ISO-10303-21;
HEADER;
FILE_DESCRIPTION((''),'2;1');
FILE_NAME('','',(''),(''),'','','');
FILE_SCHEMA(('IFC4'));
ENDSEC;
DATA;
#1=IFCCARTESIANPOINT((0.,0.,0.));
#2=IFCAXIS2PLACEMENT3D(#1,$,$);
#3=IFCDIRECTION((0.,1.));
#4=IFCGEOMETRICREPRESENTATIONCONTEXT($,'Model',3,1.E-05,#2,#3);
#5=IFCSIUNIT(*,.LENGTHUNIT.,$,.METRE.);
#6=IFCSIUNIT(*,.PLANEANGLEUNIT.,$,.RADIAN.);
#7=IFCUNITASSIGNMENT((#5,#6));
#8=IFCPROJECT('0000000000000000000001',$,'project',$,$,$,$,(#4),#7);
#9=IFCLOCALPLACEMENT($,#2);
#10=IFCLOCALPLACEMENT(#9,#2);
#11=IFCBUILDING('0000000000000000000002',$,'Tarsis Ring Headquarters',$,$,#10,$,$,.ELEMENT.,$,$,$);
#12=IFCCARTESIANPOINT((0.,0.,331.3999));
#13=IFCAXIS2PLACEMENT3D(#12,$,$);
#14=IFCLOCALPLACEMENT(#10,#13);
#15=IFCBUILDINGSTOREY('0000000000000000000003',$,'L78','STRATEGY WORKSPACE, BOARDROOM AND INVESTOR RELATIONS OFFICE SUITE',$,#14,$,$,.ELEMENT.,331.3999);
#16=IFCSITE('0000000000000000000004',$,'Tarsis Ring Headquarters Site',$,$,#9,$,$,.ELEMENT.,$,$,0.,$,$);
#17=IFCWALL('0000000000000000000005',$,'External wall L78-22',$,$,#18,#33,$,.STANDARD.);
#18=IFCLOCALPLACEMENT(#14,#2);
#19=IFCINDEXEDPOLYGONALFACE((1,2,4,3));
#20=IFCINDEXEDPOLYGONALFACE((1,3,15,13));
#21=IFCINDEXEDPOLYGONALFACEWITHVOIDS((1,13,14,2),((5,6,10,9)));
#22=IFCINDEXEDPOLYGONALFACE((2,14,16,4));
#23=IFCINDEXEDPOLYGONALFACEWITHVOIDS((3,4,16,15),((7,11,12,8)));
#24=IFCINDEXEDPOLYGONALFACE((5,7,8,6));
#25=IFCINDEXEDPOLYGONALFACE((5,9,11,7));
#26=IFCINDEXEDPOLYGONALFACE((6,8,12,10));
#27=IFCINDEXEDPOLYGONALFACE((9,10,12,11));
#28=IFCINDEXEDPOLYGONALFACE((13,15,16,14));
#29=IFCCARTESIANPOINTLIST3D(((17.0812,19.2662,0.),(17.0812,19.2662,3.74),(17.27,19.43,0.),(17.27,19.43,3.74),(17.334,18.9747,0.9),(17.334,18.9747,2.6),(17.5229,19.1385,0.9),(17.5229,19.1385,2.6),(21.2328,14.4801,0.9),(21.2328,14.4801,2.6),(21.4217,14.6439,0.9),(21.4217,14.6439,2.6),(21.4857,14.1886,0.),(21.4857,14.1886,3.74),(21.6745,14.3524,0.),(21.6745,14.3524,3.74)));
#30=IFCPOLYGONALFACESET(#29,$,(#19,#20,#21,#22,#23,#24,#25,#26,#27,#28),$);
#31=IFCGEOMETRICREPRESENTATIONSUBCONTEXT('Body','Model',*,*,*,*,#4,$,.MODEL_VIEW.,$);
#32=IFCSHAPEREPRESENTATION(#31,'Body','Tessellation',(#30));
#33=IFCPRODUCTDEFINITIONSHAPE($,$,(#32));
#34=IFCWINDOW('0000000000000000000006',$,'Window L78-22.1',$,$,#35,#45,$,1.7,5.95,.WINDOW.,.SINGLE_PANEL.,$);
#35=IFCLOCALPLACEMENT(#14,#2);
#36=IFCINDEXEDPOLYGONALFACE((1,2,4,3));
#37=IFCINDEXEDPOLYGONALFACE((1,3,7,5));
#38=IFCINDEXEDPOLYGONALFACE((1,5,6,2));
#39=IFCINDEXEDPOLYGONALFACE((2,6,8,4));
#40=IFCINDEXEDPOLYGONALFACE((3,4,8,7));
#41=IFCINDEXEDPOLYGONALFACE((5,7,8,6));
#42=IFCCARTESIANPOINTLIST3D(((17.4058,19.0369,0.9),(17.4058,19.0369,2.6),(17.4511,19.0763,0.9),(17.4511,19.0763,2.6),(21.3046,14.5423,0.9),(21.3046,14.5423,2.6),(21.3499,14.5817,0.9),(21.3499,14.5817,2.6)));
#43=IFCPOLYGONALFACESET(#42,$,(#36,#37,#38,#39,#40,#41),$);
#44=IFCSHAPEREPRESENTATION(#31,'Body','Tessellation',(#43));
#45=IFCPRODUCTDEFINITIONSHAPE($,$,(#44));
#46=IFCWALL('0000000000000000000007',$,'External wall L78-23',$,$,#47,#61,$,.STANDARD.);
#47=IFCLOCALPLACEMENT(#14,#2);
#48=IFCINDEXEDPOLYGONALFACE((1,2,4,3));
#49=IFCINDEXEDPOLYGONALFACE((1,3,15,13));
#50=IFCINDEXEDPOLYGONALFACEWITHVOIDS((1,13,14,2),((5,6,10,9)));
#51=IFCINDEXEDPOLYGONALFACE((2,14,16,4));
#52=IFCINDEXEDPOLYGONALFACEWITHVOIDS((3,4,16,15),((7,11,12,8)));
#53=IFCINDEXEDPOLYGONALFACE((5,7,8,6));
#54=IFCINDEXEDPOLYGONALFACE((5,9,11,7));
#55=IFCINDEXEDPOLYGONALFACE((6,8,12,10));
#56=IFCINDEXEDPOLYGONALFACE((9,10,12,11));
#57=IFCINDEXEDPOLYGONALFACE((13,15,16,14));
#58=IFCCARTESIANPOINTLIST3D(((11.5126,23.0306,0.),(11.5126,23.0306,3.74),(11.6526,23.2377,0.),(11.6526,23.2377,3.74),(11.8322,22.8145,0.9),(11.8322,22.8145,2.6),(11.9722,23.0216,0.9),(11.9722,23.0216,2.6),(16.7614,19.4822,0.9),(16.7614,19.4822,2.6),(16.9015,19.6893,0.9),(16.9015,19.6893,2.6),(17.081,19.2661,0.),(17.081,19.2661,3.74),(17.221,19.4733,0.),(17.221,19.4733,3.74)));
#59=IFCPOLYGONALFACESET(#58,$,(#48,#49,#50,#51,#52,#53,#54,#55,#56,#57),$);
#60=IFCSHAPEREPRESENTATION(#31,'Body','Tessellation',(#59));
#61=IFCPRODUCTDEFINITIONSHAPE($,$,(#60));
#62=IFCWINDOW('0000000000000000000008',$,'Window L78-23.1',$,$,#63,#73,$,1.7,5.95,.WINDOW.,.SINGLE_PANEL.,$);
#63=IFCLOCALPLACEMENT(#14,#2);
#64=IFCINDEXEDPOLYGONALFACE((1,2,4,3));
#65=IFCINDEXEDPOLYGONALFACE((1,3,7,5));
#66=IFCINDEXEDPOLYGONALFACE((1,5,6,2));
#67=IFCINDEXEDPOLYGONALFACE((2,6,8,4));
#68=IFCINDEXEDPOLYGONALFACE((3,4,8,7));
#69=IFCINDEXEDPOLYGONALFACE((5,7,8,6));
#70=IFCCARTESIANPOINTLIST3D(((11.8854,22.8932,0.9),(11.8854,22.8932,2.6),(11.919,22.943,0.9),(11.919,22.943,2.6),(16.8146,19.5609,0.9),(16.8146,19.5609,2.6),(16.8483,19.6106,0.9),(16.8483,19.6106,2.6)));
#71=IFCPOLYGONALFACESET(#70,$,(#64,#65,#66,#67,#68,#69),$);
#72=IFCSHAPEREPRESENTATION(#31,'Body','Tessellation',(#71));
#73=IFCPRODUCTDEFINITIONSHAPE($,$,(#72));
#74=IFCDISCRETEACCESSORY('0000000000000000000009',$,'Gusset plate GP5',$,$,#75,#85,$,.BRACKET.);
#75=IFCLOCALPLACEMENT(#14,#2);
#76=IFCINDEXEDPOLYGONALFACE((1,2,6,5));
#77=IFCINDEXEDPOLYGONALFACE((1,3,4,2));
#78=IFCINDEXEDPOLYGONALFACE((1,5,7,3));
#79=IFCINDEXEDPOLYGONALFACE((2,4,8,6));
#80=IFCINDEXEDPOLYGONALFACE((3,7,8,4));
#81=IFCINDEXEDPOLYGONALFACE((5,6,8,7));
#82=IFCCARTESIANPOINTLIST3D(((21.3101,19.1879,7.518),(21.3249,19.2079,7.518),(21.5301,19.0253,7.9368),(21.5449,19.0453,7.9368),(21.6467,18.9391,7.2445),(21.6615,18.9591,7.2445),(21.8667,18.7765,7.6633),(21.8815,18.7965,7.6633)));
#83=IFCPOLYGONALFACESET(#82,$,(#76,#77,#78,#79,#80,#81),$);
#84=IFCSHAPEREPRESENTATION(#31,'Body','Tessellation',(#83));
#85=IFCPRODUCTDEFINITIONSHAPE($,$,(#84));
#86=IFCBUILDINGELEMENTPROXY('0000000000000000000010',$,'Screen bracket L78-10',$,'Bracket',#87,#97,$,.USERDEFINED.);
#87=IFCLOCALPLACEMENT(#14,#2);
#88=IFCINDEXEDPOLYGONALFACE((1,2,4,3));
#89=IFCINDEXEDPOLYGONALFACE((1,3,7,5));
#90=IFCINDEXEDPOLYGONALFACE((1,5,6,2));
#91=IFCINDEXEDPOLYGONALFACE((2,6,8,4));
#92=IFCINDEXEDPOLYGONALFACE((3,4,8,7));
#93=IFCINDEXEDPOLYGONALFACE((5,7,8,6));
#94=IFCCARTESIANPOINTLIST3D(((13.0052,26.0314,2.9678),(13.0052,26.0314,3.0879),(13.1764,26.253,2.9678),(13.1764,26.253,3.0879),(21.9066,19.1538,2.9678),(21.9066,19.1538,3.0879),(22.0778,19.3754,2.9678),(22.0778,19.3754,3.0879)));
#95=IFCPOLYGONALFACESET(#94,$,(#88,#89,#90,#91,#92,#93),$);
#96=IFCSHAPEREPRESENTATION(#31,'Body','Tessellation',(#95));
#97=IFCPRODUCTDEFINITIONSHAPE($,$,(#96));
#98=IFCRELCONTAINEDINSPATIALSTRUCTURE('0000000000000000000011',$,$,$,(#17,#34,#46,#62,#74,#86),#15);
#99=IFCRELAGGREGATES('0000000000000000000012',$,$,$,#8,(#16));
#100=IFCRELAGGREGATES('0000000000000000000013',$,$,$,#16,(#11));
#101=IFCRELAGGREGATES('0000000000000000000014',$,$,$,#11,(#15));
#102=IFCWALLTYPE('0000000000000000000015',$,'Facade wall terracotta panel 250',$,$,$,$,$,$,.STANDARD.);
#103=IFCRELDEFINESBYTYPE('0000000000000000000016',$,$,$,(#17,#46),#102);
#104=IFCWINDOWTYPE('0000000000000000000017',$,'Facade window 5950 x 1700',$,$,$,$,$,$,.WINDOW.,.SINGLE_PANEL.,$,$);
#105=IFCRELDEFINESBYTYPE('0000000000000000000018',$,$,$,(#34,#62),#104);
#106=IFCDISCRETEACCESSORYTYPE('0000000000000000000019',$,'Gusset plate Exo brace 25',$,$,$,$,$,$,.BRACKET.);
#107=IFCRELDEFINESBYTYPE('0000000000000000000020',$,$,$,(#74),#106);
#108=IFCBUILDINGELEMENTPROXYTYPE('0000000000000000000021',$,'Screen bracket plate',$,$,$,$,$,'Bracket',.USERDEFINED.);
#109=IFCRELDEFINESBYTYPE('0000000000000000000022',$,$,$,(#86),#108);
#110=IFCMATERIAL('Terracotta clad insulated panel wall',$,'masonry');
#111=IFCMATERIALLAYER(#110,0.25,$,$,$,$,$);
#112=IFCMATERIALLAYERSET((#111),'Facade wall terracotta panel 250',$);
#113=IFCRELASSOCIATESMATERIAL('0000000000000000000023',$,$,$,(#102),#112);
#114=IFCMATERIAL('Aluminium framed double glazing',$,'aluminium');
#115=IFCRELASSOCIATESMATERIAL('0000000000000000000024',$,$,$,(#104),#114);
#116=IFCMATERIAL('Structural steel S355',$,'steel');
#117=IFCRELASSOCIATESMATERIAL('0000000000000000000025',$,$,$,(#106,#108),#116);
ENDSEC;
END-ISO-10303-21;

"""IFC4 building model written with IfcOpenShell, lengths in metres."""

from ifc_helpers import new_model, si_unit, direction, frame, frame_2d, origin, origin_2d, place, context, subcontext, project, spatial, rectangle, extrude, material, layer, layer_set, material_profile, profile_set, type_object, element, fill, save


model = new_model("IFC4")

# Units and contexts
model_context = context("Model", 3, precision=1e-05, world=origin(), true_north=direction((0.0, 1.0)))
body_context = subcontext(model_context, "Body", "Model", "MODEL_VIEW")
ifc_project = project(units=[si_unit("LENGTHUNIT", "METRE"), si_unit("PLANEANGLEUNIT", "RADIAN")], contexts=[model_context])

# Site, building, storey
site_placement = place(None, origin())
site = spatial("IfcSite", under=ifc_project, at=site_placement, Name="Tarsis Ring Headquarters Site", CompositionType="ELEMENT", RefElevation=0.0)
building_placement = place(site_placement, origin())
building = spatial("IfcBuilding", under=site, at=building_placement, Name="Tarsis Ring Headquarters", CompositionType="ELEMENT")
storey_placement = place(building_placement, frame((0.0, 0.0, 331.3999)))
storey = spatial("IfcBuildingStorey", under=building, at=storey_placement, Name="L78", Description="STRATEGY WORKSPACE, BOARDROOM AND INVESTOR RELATIONS OFFICE SUITE", CompositionType="ELEMENT", Elevation=331.3999)

# Shared definitions
ifc_material_1 = material(Name="Structural steel S355", Category="steel")

# Walls, openings, windows
ifc_material_2 = material(Name="Terracotta clad insulated panel wall", Category="masonry")
ifc_layer_1 = layer(ifc_material_2, 0.25)
ifc_layer_set_1 = layer_set([ifc_layer_1], Name="Facade wall terracotta panel 250")
wall_type_1 = type_object("IfcWallType", Name="Facade wall terracotta panel 250", PredefinedType="STANDARD", material=ifc_layer_set_1)
ifc_material_3 = material(Name="Aluminium framed double glazing", Category="aluminium")
window_type = type_object("IfcWindowType", Name="Facade window 5950 x 1700", PartitioningType="SINGLE_PANEL", PredefinedType="WINDOW", material=ifc_material_3)
wall_1_placement = place(storey_placement, frame((21.5801, 14.2705, 0.0), z_axis=(0.0, 0.0, 1.0), x_axis=(-0.655264, 0.7554, 0.0)))
wall_1 = element("IfcWall", 1, at=wall_1_placement, inside=storey, type_object=wall_type_1, Name="External wall L78-22", PredefinedType="STANDARD", context=body_context, shape_type="SweptSolid", body=[
    extrude(rectangle(XDim=6.7217, YDim=0.25, at=frame_2d((3.3608, 0.0))), origin(), (0.0, 0.0, 1.0), 3.74),
])
opening_1_placement = place(wall_1_placement, frame((0.3857, 0.0, 0.8999)))
opening_1 = element("IfcOpeningElement", 2, at=opening_1_placement, cuts=wall_1, PredefinedType="OPENING", context=body_context, shape_type="SweptSolid", body=[
    extrude(rectangle(XDim=5.95, YDim=1.7, at=frame_2d((2.9751, 0.8501))), frame((0.0, 0.135, 0.0), z_axis=(0.0, -1.0, 0.0), x_axis=(1.0, 0.0, 0.0)), (0.0, 0.0, 1.0), 0.27),
])
window_1_placement = place(opening_1_placement, origin())
window_1 = element("IfcWindow", 3, at=window_1_placement, inside=storey, type_object=window_type, Name="Window L78-22.1", OverallHeight=1.7, OverallWidth=5.95, PartitioningType="SINGLE_PANEL", PredefinedType="WINDOW", context=body_context, shape_type="SweptSolid", body=[
    extrude(rectangle(XDim=5.95, YDim=1.7, at=frame_2d((2.9751, 0.8501))), frame((0.0, 0.03, 0.0), z_axis=(0.0, -1.0, 0.0), x_axis=(1.0, 0.0, 0.0)), (0.0, 0.0, 1.0), 0.0601),
])
fill(opening_1, window_1)
wall_2_placement = place(storey_placement, frame((17.1511, 19.3696, 0.0), z_axis=(0.0, 0.0, 1.0), x_axis=(-0.828451, 0.560062, 0.0)))
wall_2 = element("IfcWall", 4, at=wall_2_placement, inside=storey, type_object=wall_type_1, Name="External wall L78-23", PredefinedType="STANDARD", context=body_context, shape_type="SweptSolid", body=[
    extrude(rectangle(XDim=6.7214, YDim=0.25, at=frame_2d((3.3608, 0.0))), origin(), (0.0, 0.0, 1.0), 3.74),
])
opening_2_placement = place(wall_2_placement, frame((0.3857, 0.0, 0.8999)))
opening_2 = element("IfcOpeningElement", 5, at=opening_2_placement, cuts=wall_2, PredefinedType="OPENING", context=body_context, shape_type="SweptSolid", body=[
    extrude(rectangle(XDim=5.95, YDim=1.7, at=frame_2d((2.9751, 0.8501))), frame((0.0, 0.135, 0.0), z_axis=(0.0, -1.0, 0.0), x_axis=(1.0, 0.0, 0.0)), (0.0, 0.0, 1.0), 0.27),
])
window_2_placement = place(opening_2_placement, origin())
window_2 = element("IfcWindow", 6, at=window_2_placement, inside=storey, type_object=window_type, Name="Window L78-23.1", OverallHeight=1.7, OverallWidth=5.95, PartitioningType="SINGLE_PANEL", PredefinedType="WINDOW", context=body_context, shape_type="SweptSolid", body=[
    extrude(rectangle(XDim=5.95, YDim=1.7, at=frame_2d((2.9751, 0.8501))), frame((0.0, 0.03, 0.0), z_axis=(0.0, -1.0, 0.0), x_axis=(1.0, 0.0, 0.0)), (0.0, 0.0, 1.0), 0.0601),
])
fill(opening_2, window_2)

# Discrete accessory
ifc_material_profile_1 = material_profile(ifc_material_1, rectangle(XDim=0.0249, YDim=0.5, at=origin_2d()), Name="PL 25x500")
ifc_profile_set_1 = profile_set([ifc_material_profile_1], Name="Structural steel S355")
discrete_accessory_type = type_object("IfcDiscreteAccessoryType", Name="Gusset plate Exo brace 25", PredefinedType="BRACKET", material=ifc_profile_set_1)
discrete_accessory_placement = place(storey_placement, frame((21.7058, 18.9109, 7.8), z_axis=(-0.439822, 0.325107, -0.837175), x_axis=(-0.594416, -0.804158, 0.0)))
element("IfcDiscreteAccessory", 7, at=discrete_accessory_placement, inside=storey, type_object=discrete_accessory_type, Name="Gusset plate GP5", PredefinedType="BRACKET", context=body_context, shape_type="SweptSolid", body=[
    extrude(rectangle(XDim=0.0249, YDim=0.5, at=origin_2d()), origin(), (0.0, 0.0, 1.0), 0.5002),
])

# Building element proxy
building_element_proxy_type = type_object("IfcBuildingElementProxyType", Name="Screen bracket plate", ElementType="Bracket", PredefinedType="USERDEFINED", material=ifc_material_1)
proxy_placement = place(storey_placement, frame((17.5415, 22.7034, 2.9678), z_axis=(0.0, 0.0, 1.0), x_axis=(-0.791317, 0.611406, 0.0)))
element("IfcBuildingElementProxy", 8, at=proxy_placement, inside=storey, type_object=building_element_proxy_type, Name="Screen bracket L78-10", ObjectType="Bracket", PredefinedType="USERDEFINED", context=body_context, shape_type="SweptSolid", body=[
    extrude(rectangle(XDim=11.2488, YDim=0.28, at=origin_2d()), origin(), (0.0, 0.0, 1.0), 0.1201),
])

save(model, "model.ifc")
